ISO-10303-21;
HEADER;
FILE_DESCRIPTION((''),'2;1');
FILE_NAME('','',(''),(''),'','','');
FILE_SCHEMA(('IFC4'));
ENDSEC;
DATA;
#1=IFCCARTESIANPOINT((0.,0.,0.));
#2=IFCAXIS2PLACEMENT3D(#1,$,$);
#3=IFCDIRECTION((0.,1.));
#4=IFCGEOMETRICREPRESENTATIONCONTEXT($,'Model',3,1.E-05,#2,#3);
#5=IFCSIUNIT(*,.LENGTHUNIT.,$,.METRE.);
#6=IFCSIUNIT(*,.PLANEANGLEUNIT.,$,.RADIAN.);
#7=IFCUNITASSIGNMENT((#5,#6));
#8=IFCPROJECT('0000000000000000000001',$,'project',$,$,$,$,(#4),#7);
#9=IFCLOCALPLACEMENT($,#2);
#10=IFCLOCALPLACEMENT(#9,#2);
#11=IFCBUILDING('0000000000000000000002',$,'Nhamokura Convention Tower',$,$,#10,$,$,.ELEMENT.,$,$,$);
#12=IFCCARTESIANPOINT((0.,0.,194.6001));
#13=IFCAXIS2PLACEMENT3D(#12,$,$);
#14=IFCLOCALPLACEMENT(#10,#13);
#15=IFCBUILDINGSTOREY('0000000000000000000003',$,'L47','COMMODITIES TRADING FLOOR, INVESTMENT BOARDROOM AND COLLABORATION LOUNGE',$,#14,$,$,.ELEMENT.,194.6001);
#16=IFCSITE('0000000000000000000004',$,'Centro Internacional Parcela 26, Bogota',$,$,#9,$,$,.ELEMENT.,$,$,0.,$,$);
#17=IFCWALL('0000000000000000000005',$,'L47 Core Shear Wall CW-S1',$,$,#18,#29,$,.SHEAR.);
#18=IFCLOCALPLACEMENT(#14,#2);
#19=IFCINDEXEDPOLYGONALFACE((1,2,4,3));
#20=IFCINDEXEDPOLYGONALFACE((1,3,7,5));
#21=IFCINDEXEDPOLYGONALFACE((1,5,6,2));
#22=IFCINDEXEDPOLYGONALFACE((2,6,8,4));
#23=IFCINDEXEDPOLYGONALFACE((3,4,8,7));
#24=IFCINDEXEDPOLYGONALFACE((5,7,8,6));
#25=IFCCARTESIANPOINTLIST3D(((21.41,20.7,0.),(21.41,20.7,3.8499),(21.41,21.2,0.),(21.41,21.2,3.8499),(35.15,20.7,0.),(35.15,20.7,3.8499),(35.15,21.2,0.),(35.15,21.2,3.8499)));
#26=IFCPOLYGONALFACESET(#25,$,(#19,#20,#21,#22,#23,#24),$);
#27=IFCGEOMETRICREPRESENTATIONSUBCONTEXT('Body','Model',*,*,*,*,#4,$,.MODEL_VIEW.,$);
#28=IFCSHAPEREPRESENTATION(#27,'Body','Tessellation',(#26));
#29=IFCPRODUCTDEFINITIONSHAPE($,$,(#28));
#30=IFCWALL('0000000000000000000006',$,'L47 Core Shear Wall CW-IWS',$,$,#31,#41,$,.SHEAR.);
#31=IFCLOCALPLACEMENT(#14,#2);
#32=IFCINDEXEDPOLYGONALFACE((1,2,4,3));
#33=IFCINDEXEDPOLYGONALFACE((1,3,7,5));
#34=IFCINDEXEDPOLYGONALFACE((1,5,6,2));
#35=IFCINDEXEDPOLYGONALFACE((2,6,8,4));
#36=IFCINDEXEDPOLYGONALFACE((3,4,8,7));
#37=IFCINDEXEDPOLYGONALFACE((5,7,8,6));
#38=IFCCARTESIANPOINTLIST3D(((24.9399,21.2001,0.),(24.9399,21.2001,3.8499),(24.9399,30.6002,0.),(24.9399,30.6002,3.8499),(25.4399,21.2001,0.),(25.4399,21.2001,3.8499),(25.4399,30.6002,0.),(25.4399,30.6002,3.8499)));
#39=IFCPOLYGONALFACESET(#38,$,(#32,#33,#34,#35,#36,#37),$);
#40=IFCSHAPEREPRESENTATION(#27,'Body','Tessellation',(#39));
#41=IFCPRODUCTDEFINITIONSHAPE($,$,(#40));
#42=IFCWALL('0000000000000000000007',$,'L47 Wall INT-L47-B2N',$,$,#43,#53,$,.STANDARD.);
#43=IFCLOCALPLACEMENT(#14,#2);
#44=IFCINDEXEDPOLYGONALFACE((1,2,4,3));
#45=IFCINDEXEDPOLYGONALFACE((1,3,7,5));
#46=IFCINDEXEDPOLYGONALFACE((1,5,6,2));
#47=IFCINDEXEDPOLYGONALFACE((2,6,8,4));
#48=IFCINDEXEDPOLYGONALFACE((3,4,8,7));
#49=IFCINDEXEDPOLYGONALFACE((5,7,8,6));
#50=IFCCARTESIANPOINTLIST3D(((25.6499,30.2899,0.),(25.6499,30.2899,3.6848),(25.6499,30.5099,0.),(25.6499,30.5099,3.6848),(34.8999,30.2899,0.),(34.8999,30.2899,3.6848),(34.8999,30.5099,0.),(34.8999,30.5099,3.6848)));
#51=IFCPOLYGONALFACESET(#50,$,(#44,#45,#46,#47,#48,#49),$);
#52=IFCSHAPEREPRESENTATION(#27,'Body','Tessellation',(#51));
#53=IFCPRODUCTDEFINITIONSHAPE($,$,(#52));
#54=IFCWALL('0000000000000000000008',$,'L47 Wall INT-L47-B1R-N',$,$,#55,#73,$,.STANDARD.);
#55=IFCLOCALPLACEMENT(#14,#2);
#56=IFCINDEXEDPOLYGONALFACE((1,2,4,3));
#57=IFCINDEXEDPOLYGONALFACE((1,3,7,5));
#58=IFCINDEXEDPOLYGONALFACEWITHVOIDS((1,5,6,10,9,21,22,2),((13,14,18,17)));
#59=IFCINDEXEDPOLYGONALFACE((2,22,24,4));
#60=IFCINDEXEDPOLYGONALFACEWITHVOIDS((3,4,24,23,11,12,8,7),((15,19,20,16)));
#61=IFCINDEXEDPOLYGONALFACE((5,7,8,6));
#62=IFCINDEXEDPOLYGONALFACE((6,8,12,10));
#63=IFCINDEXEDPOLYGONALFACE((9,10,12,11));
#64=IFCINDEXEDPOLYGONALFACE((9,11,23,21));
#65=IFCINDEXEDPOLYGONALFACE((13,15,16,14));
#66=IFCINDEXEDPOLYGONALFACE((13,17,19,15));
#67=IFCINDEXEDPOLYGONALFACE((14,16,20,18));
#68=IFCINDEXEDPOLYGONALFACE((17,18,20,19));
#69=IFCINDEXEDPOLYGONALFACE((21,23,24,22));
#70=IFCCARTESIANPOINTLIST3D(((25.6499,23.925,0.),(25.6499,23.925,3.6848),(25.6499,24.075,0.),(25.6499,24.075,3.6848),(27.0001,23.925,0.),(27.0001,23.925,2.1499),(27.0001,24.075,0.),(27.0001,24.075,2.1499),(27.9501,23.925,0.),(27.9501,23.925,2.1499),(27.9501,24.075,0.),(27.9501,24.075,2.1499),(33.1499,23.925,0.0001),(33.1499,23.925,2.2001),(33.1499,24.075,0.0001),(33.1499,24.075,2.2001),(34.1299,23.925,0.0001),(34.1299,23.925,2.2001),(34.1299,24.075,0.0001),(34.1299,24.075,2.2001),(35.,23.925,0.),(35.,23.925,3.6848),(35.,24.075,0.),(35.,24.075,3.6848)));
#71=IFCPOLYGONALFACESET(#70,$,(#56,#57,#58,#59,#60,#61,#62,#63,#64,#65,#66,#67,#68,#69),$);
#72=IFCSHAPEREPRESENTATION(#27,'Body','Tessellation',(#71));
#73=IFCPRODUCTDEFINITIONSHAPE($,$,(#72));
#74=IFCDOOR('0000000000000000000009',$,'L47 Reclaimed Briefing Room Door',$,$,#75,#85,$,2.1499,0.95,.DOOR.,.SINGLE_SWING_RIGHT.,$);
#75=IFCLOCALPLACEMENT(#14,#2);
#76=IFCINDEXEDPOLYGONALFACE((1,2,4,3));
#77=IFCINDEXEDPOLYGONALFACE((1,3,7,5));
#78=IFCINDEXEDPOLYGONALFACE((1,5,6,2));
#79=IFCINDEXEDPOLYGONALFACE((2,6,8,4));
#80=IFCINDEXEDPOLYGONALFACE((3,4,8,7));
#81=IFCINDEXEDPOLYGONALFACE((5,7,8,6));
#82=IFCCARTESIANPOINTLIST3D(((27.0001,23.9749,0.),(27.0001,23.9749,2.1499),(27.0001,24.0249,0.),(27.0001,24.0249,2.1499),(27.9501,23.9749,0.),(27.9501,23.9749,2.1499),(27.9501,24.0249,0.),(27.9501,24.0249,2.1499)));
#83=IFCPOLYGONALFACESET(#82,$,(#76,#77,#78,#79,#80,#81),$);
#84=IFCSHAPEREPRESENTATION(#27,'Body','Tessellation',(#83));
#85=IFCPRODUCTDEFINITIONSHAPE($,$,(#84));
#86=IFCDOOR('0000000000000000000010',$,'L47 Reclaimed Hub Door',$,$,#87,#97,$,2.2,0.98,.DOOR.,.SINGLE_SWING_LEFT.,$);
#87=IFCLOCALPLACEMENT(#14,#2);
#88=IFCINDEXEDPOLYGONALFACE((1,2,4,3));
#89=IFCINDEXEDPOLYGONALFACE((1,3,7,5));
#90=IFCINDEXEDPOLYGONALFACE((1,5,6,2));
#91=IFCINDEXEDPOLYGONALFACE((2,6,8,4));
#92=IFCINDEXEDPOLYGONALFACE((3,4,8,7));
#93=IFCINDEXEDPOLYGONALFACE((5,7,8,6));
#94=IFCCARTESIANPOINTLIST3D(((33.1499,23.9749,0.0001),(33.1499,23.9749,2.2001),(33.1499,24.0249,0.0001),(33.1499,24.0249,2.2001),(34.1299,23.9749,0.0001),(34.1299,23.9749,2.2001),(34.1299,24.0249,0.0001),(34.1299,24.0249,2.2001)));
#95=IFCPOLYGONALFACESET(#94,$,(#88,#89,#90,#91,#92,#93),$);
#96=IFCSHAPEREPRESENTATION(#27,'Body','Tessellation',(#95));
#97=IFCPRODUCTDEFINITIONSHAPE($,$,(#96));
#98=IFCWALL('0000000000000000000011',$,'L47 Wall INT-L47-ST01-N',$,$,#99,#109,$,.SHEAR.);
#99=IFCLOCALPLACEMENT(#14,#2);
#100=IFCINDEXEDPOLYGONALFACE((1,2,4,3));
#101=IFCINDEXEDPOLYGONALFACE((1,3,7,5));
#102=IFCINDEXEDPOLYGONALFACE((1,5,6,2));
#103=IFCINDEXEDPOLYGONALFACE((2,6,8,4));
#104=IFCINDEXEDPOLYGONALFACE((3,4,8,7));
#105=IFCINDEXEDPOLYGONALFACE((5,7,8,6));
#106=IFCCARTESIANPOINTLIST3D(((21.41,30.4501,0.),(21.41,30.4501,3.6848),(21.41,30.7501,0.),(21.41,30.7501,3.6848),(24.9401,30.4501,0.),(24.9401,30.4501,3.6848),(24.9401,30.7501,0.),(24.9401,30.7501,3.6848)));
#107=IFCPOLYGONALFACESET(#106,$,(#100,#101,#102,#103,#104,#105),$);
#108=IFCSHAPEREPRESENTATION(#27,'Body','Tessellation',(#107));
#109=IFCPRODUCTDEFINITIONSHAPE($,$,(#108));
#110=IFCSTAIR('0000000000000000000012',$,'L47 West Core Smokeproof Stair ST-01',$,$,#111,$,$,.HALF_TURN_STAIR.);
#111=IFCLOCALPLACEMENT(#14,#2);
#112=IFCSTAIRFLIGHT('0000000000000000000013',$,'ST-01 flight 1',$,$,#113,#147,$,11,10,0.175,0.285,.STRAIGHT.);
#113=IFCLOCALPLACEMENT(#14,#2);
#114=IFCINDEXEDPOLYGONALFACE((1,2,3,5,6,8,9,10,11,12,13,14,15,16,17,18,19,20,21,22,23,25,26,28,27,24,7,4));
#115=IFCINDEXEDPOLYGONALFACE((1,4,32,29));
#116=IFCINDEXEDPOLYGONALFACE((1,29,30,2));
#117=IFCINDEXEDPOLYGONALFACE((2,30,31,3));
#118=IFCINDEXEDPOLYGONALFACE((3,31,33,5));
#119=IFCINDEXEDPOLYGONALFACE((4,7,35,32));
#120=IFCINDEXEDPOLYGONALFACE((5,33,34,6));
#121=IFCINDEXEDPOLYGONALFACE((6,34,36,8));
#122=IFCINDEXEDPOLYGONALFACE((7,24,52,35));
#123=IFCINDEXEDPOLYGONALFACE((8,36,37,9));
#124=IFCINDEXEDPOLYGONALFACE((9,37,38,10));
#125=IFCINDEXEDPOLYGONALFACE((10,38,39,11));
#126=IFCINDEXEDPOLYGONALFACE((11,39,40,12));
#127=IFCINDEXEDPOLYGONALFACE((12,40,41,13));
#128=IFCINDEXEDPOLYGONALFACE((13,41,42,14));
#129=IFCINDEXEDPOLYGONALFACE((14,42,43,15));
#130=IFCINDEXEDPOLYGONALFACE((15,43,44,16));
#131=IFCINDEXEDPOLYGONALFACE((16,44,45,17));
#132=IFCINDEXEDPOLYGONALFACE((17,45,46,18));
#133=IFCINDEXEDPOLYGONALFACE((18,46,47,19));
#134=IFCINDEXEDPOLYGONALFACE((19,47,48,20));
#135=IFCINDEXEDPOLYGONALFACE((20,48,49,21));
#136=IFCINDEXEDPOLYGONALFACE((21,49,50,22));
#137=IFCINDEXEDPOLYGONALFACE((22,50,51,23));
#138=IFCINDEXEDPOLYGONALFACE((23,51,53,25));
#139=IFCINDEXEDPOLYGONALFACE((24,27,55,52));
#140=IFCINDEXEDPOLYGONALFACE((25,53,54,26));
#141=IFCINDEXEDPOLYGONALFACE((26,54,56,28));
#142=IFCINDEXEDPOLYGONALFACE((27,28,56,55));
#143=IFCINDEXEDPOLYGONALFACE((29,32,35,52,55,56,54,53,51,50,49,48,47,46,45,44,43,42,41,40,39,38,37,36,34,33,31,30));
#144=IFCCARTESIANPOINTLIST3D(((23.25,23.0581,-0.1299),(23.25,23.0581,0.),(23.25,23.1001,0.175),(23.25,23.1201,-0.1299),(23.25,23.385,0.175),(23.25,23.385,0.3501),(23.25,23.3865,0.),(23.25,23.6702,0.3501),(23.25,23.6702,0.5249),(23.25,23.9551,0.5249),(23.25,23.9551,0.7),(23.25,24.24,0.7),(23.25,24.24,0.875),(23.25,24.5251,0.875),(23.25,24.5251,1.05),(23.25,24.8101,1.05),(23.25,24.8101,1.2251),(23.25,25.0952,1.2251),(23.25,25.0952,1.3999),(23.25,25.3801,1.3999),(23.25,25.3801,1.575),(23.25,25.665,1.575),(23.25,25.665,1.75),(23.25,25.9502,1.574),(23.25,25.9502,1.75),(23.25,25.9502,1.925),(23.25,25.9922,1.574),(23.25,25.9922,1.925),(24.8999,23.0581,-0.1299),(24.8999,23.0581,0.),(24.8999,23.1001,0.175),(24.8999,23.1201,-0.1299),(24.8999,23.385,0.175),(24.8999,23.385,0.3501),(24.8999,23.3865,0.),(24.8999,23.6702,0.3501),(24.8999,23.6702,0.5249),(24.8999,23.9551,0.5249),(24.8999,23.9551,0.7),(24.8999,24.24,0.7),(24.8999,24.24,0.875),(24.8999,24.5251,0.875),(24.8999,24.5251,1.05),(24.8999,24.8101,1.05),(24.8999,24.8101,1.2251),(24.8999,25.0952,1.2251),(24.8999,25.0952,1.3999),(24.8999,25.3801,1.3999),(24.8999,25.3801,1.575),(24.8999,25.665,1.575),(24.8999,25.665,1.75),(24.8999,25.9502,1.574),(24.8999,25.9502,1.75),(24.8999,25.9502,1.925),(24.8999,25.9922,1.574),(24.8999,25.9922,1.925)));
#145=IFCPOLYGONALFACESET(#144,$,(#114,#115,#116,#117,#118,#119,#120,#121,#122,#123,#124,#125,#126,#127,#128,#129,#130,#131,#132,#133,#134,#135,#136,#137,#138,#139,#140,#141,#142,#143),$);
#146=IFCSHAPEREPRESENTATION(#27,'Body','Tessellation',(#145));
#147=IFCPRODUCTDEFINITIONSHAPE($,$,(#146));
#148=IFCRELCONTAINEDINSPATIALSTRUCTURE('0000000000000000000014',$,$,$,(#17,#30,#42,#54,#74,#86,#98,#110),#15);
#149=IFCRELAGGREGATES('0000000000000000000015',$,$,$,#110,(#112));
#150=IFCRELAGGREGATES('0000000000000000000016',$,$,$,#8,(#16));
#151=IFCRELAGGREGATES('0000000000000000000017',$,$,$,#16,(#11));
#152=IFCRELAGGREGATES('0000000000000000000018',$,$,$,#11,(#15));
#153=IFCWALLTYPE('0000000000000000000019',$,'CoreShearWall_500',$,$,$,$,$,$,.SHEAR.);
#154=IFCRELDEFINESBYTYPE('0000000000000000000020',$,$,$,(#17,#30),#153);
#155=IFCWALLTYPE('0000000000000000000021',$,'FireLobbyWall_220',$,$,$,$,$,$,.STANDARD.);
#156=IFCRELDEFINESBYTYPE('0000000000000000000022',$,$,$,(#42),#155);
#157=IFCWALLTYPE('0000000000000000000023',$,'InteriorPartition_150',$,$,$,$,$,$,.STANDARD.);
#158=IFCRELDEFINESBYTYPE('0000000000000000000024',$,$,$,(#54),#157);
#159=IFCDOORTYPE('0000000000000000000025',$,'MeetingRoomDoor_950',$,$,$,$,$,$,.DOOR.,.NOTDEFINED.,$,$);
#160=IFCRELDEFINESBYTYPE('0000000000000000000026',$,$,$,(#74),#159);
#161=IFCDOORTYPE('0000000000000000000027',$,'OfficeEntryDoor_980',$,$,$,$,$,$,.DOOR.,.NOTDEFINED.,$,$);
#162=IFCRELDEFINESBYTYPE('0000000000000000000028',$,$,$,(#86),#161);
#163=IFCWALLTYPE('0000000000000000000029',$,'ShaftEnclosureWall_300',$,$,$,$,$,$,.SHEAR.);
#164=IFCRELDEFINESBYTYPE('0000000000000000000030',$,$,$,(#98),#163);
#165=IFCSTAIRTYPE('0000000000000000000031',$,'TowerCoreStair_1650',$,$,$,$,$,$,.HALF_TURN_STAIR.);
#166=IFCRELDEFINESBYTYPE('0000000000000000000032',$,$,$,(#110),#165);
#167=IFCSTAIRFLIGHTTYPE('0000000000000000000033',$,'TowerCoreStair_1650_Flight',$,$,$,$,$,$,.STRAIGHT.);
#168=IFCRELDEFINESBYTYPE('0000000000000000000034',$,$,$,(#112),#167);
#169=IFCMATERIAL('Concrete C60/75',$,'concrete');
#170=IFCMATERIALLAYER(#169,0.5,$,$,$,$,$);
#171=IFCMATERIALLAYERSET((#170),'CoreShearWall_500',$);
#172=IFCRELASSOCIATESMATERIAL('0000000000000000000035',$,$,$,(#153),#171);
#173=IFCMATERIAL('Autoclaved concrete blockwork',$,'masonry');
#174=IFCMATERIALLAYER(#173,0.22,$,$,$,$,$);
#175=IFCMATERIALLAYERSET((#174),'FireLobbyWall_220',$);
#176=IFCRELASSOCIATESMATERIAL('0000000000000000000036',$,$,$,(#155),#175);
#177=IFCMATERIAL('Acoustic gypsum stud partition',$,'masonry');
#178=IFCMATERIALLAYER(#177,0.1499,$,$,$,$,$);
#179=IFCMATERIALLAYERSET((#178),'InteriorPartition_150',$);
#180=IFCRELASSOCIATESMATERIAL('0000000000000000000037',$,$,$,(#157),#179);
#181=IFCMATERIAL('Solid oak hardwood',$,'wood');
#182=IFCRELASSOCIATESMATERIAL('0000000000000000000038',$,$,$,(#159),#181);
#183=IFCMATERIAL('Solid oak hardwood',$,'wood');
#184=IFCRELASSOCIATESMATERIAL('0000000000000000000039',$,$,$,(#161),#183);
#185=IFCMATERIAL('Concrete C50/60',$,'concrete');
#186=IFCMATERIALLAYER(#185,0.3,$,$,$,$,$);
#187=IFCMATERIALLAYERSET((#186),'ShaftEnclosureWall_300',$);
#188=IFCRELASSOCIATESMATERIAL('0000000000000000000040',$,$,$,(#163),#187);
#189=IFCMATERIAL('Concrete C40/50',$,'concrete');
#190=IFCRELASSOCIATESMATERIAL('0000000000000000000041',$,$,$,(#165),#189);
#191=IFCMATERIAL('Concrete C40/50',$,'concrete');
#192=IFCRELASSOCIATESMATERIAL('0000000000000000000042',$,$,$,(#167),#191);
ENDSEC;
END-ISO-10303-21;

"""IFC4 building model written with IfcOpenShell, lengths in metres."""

from ifc_helpers import new_model, si_unit, direction, frame, frame_2d, origin, place, context, subcontext, project, spatial, polyline, rectangle, outline, extrude, material, layer, layer_set, type_object, element, fill, aggregate, save


model = new_model("IFC4")

# Units and contexts
model_context = context("Model", 3, precision=1e-05, world=origin(), true_north=direction((0.0, 1.0)))
body_context = subcontext(model_context, "Body", "Model", "MODEL_VIEW")
ifc_project = project(units=[si_unit("LENGTHUNIT", "METRE"), si_unit("PLANEANGLEUNIT", "RADIAN")], contexts=[model_context])

# Site, building, storey
site_placement = place(None, origin())
site = spatial("IfcSite", under=ifc_project, at=site_placement, Name="Centro Internacional Parcela 26, Bogota", CompositionType="ELEMENT", RefElevation=0.0)
building_placement = place(site_placement, origin())
building = spatial("IfcBuilding", under=site, at=building_placement, Name="Nhamokura Convention Tower", CompositionType="ELEMENT")
storey_placement = place(building_placement, frame((0.0, 0.0, 194.6001)))
storey = spatial("IfcBuildingStorey", under=building, at=storey_placement, Name="L47", Description="COMMODITIES TRADING FLOOR, INVESTMENT BOARDROOM AND COLLABORATION LOUNGE", CompositionType="ELEMENT", Elevation=194.6001)

# Walls
ifc_material_1 = material(Name="Concrete C60/75", Category="concrete")
ifc_layer_1 = layer(ifc_material_1, 0.5)
ifc_layer_set_1 = layer_set([ifc_layer_1], Name="CoreShearWall_500")
wall_type_1 = type_object("IfcWallType", Name="CoreShearWall_500", PredefinedType="SHEAR", material=ifc_layer_set_1)
wall_1_placement = place(storey_placement, frame((21.4099, 20.95, 0.0), z_axis=(0.0, 0.0, 1.0), x_axis=(1.0, 0.0, 0.0)))
element("IfcWall", 1, at=wall_1_placement, inside=storey, type_object=wall_type_1, Name="L47 Core Shear Wall CW-S1", PredefinedType="SHEAR", context=body_context, shape_type="SweptSolid", body=[
    extrude(rectangle(XDim=13.74, YDim=0.5, at=frame_2d((6.8701, 0.0))), origin(), (0.0, 0.0, 1.0), 3.8499),
])
wall_2_placement = place(storey_placement, frame((25.1899, 21.2, 0.0), z_axis=(0.0, 0.0, 1.0), x_axis=(0.0, 1.0, 0.0)))
element("IfcWall", 2, at=wall_2_placement, inside=storey, type_object=wall_type_1, Name="L47 Core Shear Wall CW-IWS", PredefinedType="SHEAR", context=body_context, shape_type="SweptSolid", body=[
    extrude(rectangle(XDim=9.4001, YDim=0.5, at=frame_2d((4.7002, 0.0))), origin(), (0.0, 0.0, 1.0), 3.8499),
])

# Shared definitions
ifc_material_2 = material(Name="Autoclaved concrete blockwork", Category="masonry")
ifc_layer_2 = layer(ifc_material_2, 0.22)
ifc_layer_set_2 = layer_set([ifc_layer_2], Name="FireLobbyWall_220")
wall_type_2 = type_object("IfcWallType", Name="FireLobbyWall_220", PredefinedType="STANDARD", material=ifc_layer_set_2)

# Wall
wall_3_placement = place(storey_placement, frame((25.6499, 30.3999, 0.0), z_axis=(0.0, 0.0, 1.0), x_axis=(1.0, 0.0, 0.0)))
element("IfcWall", 3, at=wall_3_placement, inside=storey, type_object=wall_type_2, Name="L47 Wall INT-L47-B2N", PredefinedType="STANDARD", context=body_context, shape_type="SweptSolid", body=[
    extrude(rectangle(XDim=9.25, YDim=0.22, at=frame_2d((4.625, 0.0))), origin(), (0.0, 0.0, 1.0), 3.6848),
])

# Wall, openings, doors
ifc_material_3 = material(Name="Acoustic gypsum stud partition", Category="masonry")
ifc_layer_3 = layer(ifc_material_3, 0.1499)
ifc_layer_set_3 = layer_set([ifc_layer_3], Name="InteriorPartition_150")
wall_type_3 = type_object("IfcWallType", Name="InteriorPartition_150", PredefinedType="STANDARD", material=ifc_layer_set_3)
wall_4_placement = place(storey_placement, frame((25.6499, 24.0, 0.0), z_axis=(0.0, 0.0, 1.0), x_axis=(1.0, 0.0, 0.0)))
wall_4 = element("IfcWall", 4, at=wall_4_placement, inside=storey, type_object=wall_type_3, Name="L47 Wall INT-L47-B1R-N", PredefinedType="STANDARD", context=body_context, shape_type="SweptSolid", body=[
    extrude(rectangle(XDim=9.3501, YDim=0.1499, at=frame_2d((4.675, 0.0))), origin(), (0.0, 0.0, 1.0), 3.6848),
])
opening_1_placement = place(wall_4_placement, frame((1.3501, 0.0, 0.0)))
opening_1 = element("IfcOpeningElement", 5, at=opening_1_placement, cuts=wall_4, PredefinedType="OPENING", context=body_context, shape_type="SweptSolid", body=[
    extrude(rectangle(XDim=0.95, YDim=2.1499, at=frame_2d((0.4751, 1.075))), frame((0.0, 0.085, 0.0), z_axis=(0.0, -1.0, 0.0), x_axis=(1.0, 0.0, 0.0)), (0.0, 0.0, 1.0), 0.1699),
])
opening_2_placement = place(wall_4_placement, frame((7.5, 0.0, 0.0)))
opening_2 = element("IfcOpeningElement", 6, at=opening_2_placement, cuts=wall_4, PredefinedType="OPENING", context=body_context, shape_type="SweptSolid", body=[
    extrude(rectangle(XDim=0.98, YDim=2.2, at=frame_2d((0.49, 1.1001))), frame((0.0, 0.085, 0.0), z_axis=(0.0, -1.0, 0.0), x_axis=(1.0, 0.0, 0.0)), (0.0, 0.0, 1.0), 0.1699),
])
ifc_material_4 = material(Name="Solid oak hardwood", Category="wood")
door_type_1 = type_object("IfcDoorType", Name="MeetingRoomDoor_950", OperationType="NOTDEFINED", PredefinedType="DOOR", material=ifc_material_4)
door_1_placement = place(opening_1_placement, origin())
door_1 = element("IfcDoor", 7, at=door_1_placement, inside=storey, type_object=door_type_1, Name="L47 Reclaimed Briefing Room Door", OperationType="SINGLE_SWING_RIGHT", OverallHeight=2.1499, OverallWidth=0.95, PredefinedType="DOOR", context=body_context, shape_type="SweptSolid", body=[
    extrude(rectangle(XDim=0.95, YDim=2.1499, at=frame_2d((0.4751, 1.075))), frame((0.0, 0.0249, 0.0), z_axis=(0.0, -1.0, 0.0), x_axis=(1.0, 0.0, 0.0)), (0.0, 0.0, 1.0), 0.05),
])
fill(opening_1, door_1)
ifc_material_5 = material(Name="Solid oak hardwood", Category="wood")
door_type_2 = type_object("IfcDoorType", Name="OfficeEntryDoor_980", OperationType="NOTDEFINED", PredefinedType="DOOR", material=ifc_material_5)
door_2_placement = place(opening_2_placement, origin())
door_2 = element("IfcDoor", 8, at=door_2_placement, inside=storey, type_object=door_type_2, Name="L47 Reclaimed Hub Door", OperationType="SINGLE_SWING_LEFT", OverallHeight=2.2, OverallWidth=0.98, PredefinedType="DOOR", context=body_context, shape_type="SweptSolid", body=[
    extrude(rectangle(XDim=0.98, YDim=2.2, at=frame_2d((0.49, 1.1001))), frame((0.0, 0.0249, 0.0), z_axis=(0.0, -1.0, 0.0), x_axis=(1.0, 0.0, 0.0)), (0.0, 0.0, 1.0), 0.05),
])
fill(opening_2, door_2)

# Wall
ifc_material_6 = material(Name="Concrete C50/60", Category="concrete")
ifc_layer_4 = layer(ifc_material_6, 0.3)
ifc_layer_set_4 = layer_set([ifc_layer_4], Name="ShaftEnclosureWall_300")
wall_type_4 = type_object("IfcWallType", Name="ShaftEnclosureWall_300", PredefinedType="SHEAR", material=ifc_layer_set_4)
wall_5_placement = place(storey_placement, frame((21.4099, 30.6001, 0.0), z_axis=(0.0, 0.0, 1.0), x_axis=(1.0, 0.0, 0.0)))
element("IfcWall", 9, at=wall_5_placement, inside=storey, type_object=wall_type_4, Name="L47 Wall INT-L47-ST01-N", PredefinedType="SHEAR", context=body_context, shape_type="SweptSolid", body=[
    extrude(rectangle(XDim=3.53, YDim=0.3, at=frame_2d((1.7651, 0.0))), origin(), (0.0, 0.0, 1.0), 3.6848),
])

# Stair, stair flight
ifc_material_7 = material(Name="Concrete C40/50", Category="concrete")
stair_type = type_object("IfcStairType", Name="TowerCoreStair_1650", PredefinedType="HALF_TURN_STAIR", material=ifc_material_7)
stair_placement = place(storey_placement, origin())
stair = element("IfcStair", 10, at=stair_placement, inside=storey, type_object=stair_type, Name="L47 West Core Smokeproof Stair ST-01", PredefinedType="HALF_TURN_STAIR")
ifc_material_8 = material(Name="Concrete C40/50", Category="concrete")
stair_flight_type = type_object("IfcStairFlightType", Name="TowerCoreStair_1650_Flight", PredefinedType="STRAIGHT", material=ifc_material_8)
stair_flight_1_placement = place(storey_placement, frame((24.075, 23.1001, 0.0), z_axis=(0.0, 0.0, 1.0), x_axis=(0.0, 1.0, 0.0)))
stair_flight_1 = element("IfcStairFlight", 11, at=stair_flight_1_placement, type_object=stair_flight_type, Name="ST-01 flight 1", NumberOfRisers=11, NumberOfTreads=10, PredefinedType="STRAIGHT", RiserHeight=0.175, TreadLength=0.285, context=body_context, shape_type="SweptSolid", body=[
    extrude(outline(polyline([(-0.042, 0.0), (0.0, 0.175), (0.2849, 0.175), (0.2849, 0.3501), (0.5701, 0.3501), (0.5701, 0.5249), (0.855, 0.5249), (0.855, 0.7), (1.1399, 0.7), (1.1399, 0.875), (1.425, 0.875), (1.425, 1.05), (1.71, 1.05), (1.71, 1.2251), (1.9951, 1.2251), (1.9951, 1.3999), (2.28, 1.3999), (2.28, 1.575), (2.5649, 1.575), (2.5649, 1.75), (2.8501, 1.75), (2.8501, 1.925), (2.8921, 1.925), (2.8921, 1.574), (2.8501, 1.574), (0.2864, 0.0), (0.02, -0.1299), (-0.042, -0.1299), (-0.042, 0.0)])), frame((0.0, 0.825, 0.0), z_axis=(0.0, -1.0, 0.0), x_axis=(1.0, 0.0, 0.0)), (0.0, 0.0, 1.0), 1.6499),
])
aggregate(stair, [stair_flight_1])

save(model, "model.ifc")
